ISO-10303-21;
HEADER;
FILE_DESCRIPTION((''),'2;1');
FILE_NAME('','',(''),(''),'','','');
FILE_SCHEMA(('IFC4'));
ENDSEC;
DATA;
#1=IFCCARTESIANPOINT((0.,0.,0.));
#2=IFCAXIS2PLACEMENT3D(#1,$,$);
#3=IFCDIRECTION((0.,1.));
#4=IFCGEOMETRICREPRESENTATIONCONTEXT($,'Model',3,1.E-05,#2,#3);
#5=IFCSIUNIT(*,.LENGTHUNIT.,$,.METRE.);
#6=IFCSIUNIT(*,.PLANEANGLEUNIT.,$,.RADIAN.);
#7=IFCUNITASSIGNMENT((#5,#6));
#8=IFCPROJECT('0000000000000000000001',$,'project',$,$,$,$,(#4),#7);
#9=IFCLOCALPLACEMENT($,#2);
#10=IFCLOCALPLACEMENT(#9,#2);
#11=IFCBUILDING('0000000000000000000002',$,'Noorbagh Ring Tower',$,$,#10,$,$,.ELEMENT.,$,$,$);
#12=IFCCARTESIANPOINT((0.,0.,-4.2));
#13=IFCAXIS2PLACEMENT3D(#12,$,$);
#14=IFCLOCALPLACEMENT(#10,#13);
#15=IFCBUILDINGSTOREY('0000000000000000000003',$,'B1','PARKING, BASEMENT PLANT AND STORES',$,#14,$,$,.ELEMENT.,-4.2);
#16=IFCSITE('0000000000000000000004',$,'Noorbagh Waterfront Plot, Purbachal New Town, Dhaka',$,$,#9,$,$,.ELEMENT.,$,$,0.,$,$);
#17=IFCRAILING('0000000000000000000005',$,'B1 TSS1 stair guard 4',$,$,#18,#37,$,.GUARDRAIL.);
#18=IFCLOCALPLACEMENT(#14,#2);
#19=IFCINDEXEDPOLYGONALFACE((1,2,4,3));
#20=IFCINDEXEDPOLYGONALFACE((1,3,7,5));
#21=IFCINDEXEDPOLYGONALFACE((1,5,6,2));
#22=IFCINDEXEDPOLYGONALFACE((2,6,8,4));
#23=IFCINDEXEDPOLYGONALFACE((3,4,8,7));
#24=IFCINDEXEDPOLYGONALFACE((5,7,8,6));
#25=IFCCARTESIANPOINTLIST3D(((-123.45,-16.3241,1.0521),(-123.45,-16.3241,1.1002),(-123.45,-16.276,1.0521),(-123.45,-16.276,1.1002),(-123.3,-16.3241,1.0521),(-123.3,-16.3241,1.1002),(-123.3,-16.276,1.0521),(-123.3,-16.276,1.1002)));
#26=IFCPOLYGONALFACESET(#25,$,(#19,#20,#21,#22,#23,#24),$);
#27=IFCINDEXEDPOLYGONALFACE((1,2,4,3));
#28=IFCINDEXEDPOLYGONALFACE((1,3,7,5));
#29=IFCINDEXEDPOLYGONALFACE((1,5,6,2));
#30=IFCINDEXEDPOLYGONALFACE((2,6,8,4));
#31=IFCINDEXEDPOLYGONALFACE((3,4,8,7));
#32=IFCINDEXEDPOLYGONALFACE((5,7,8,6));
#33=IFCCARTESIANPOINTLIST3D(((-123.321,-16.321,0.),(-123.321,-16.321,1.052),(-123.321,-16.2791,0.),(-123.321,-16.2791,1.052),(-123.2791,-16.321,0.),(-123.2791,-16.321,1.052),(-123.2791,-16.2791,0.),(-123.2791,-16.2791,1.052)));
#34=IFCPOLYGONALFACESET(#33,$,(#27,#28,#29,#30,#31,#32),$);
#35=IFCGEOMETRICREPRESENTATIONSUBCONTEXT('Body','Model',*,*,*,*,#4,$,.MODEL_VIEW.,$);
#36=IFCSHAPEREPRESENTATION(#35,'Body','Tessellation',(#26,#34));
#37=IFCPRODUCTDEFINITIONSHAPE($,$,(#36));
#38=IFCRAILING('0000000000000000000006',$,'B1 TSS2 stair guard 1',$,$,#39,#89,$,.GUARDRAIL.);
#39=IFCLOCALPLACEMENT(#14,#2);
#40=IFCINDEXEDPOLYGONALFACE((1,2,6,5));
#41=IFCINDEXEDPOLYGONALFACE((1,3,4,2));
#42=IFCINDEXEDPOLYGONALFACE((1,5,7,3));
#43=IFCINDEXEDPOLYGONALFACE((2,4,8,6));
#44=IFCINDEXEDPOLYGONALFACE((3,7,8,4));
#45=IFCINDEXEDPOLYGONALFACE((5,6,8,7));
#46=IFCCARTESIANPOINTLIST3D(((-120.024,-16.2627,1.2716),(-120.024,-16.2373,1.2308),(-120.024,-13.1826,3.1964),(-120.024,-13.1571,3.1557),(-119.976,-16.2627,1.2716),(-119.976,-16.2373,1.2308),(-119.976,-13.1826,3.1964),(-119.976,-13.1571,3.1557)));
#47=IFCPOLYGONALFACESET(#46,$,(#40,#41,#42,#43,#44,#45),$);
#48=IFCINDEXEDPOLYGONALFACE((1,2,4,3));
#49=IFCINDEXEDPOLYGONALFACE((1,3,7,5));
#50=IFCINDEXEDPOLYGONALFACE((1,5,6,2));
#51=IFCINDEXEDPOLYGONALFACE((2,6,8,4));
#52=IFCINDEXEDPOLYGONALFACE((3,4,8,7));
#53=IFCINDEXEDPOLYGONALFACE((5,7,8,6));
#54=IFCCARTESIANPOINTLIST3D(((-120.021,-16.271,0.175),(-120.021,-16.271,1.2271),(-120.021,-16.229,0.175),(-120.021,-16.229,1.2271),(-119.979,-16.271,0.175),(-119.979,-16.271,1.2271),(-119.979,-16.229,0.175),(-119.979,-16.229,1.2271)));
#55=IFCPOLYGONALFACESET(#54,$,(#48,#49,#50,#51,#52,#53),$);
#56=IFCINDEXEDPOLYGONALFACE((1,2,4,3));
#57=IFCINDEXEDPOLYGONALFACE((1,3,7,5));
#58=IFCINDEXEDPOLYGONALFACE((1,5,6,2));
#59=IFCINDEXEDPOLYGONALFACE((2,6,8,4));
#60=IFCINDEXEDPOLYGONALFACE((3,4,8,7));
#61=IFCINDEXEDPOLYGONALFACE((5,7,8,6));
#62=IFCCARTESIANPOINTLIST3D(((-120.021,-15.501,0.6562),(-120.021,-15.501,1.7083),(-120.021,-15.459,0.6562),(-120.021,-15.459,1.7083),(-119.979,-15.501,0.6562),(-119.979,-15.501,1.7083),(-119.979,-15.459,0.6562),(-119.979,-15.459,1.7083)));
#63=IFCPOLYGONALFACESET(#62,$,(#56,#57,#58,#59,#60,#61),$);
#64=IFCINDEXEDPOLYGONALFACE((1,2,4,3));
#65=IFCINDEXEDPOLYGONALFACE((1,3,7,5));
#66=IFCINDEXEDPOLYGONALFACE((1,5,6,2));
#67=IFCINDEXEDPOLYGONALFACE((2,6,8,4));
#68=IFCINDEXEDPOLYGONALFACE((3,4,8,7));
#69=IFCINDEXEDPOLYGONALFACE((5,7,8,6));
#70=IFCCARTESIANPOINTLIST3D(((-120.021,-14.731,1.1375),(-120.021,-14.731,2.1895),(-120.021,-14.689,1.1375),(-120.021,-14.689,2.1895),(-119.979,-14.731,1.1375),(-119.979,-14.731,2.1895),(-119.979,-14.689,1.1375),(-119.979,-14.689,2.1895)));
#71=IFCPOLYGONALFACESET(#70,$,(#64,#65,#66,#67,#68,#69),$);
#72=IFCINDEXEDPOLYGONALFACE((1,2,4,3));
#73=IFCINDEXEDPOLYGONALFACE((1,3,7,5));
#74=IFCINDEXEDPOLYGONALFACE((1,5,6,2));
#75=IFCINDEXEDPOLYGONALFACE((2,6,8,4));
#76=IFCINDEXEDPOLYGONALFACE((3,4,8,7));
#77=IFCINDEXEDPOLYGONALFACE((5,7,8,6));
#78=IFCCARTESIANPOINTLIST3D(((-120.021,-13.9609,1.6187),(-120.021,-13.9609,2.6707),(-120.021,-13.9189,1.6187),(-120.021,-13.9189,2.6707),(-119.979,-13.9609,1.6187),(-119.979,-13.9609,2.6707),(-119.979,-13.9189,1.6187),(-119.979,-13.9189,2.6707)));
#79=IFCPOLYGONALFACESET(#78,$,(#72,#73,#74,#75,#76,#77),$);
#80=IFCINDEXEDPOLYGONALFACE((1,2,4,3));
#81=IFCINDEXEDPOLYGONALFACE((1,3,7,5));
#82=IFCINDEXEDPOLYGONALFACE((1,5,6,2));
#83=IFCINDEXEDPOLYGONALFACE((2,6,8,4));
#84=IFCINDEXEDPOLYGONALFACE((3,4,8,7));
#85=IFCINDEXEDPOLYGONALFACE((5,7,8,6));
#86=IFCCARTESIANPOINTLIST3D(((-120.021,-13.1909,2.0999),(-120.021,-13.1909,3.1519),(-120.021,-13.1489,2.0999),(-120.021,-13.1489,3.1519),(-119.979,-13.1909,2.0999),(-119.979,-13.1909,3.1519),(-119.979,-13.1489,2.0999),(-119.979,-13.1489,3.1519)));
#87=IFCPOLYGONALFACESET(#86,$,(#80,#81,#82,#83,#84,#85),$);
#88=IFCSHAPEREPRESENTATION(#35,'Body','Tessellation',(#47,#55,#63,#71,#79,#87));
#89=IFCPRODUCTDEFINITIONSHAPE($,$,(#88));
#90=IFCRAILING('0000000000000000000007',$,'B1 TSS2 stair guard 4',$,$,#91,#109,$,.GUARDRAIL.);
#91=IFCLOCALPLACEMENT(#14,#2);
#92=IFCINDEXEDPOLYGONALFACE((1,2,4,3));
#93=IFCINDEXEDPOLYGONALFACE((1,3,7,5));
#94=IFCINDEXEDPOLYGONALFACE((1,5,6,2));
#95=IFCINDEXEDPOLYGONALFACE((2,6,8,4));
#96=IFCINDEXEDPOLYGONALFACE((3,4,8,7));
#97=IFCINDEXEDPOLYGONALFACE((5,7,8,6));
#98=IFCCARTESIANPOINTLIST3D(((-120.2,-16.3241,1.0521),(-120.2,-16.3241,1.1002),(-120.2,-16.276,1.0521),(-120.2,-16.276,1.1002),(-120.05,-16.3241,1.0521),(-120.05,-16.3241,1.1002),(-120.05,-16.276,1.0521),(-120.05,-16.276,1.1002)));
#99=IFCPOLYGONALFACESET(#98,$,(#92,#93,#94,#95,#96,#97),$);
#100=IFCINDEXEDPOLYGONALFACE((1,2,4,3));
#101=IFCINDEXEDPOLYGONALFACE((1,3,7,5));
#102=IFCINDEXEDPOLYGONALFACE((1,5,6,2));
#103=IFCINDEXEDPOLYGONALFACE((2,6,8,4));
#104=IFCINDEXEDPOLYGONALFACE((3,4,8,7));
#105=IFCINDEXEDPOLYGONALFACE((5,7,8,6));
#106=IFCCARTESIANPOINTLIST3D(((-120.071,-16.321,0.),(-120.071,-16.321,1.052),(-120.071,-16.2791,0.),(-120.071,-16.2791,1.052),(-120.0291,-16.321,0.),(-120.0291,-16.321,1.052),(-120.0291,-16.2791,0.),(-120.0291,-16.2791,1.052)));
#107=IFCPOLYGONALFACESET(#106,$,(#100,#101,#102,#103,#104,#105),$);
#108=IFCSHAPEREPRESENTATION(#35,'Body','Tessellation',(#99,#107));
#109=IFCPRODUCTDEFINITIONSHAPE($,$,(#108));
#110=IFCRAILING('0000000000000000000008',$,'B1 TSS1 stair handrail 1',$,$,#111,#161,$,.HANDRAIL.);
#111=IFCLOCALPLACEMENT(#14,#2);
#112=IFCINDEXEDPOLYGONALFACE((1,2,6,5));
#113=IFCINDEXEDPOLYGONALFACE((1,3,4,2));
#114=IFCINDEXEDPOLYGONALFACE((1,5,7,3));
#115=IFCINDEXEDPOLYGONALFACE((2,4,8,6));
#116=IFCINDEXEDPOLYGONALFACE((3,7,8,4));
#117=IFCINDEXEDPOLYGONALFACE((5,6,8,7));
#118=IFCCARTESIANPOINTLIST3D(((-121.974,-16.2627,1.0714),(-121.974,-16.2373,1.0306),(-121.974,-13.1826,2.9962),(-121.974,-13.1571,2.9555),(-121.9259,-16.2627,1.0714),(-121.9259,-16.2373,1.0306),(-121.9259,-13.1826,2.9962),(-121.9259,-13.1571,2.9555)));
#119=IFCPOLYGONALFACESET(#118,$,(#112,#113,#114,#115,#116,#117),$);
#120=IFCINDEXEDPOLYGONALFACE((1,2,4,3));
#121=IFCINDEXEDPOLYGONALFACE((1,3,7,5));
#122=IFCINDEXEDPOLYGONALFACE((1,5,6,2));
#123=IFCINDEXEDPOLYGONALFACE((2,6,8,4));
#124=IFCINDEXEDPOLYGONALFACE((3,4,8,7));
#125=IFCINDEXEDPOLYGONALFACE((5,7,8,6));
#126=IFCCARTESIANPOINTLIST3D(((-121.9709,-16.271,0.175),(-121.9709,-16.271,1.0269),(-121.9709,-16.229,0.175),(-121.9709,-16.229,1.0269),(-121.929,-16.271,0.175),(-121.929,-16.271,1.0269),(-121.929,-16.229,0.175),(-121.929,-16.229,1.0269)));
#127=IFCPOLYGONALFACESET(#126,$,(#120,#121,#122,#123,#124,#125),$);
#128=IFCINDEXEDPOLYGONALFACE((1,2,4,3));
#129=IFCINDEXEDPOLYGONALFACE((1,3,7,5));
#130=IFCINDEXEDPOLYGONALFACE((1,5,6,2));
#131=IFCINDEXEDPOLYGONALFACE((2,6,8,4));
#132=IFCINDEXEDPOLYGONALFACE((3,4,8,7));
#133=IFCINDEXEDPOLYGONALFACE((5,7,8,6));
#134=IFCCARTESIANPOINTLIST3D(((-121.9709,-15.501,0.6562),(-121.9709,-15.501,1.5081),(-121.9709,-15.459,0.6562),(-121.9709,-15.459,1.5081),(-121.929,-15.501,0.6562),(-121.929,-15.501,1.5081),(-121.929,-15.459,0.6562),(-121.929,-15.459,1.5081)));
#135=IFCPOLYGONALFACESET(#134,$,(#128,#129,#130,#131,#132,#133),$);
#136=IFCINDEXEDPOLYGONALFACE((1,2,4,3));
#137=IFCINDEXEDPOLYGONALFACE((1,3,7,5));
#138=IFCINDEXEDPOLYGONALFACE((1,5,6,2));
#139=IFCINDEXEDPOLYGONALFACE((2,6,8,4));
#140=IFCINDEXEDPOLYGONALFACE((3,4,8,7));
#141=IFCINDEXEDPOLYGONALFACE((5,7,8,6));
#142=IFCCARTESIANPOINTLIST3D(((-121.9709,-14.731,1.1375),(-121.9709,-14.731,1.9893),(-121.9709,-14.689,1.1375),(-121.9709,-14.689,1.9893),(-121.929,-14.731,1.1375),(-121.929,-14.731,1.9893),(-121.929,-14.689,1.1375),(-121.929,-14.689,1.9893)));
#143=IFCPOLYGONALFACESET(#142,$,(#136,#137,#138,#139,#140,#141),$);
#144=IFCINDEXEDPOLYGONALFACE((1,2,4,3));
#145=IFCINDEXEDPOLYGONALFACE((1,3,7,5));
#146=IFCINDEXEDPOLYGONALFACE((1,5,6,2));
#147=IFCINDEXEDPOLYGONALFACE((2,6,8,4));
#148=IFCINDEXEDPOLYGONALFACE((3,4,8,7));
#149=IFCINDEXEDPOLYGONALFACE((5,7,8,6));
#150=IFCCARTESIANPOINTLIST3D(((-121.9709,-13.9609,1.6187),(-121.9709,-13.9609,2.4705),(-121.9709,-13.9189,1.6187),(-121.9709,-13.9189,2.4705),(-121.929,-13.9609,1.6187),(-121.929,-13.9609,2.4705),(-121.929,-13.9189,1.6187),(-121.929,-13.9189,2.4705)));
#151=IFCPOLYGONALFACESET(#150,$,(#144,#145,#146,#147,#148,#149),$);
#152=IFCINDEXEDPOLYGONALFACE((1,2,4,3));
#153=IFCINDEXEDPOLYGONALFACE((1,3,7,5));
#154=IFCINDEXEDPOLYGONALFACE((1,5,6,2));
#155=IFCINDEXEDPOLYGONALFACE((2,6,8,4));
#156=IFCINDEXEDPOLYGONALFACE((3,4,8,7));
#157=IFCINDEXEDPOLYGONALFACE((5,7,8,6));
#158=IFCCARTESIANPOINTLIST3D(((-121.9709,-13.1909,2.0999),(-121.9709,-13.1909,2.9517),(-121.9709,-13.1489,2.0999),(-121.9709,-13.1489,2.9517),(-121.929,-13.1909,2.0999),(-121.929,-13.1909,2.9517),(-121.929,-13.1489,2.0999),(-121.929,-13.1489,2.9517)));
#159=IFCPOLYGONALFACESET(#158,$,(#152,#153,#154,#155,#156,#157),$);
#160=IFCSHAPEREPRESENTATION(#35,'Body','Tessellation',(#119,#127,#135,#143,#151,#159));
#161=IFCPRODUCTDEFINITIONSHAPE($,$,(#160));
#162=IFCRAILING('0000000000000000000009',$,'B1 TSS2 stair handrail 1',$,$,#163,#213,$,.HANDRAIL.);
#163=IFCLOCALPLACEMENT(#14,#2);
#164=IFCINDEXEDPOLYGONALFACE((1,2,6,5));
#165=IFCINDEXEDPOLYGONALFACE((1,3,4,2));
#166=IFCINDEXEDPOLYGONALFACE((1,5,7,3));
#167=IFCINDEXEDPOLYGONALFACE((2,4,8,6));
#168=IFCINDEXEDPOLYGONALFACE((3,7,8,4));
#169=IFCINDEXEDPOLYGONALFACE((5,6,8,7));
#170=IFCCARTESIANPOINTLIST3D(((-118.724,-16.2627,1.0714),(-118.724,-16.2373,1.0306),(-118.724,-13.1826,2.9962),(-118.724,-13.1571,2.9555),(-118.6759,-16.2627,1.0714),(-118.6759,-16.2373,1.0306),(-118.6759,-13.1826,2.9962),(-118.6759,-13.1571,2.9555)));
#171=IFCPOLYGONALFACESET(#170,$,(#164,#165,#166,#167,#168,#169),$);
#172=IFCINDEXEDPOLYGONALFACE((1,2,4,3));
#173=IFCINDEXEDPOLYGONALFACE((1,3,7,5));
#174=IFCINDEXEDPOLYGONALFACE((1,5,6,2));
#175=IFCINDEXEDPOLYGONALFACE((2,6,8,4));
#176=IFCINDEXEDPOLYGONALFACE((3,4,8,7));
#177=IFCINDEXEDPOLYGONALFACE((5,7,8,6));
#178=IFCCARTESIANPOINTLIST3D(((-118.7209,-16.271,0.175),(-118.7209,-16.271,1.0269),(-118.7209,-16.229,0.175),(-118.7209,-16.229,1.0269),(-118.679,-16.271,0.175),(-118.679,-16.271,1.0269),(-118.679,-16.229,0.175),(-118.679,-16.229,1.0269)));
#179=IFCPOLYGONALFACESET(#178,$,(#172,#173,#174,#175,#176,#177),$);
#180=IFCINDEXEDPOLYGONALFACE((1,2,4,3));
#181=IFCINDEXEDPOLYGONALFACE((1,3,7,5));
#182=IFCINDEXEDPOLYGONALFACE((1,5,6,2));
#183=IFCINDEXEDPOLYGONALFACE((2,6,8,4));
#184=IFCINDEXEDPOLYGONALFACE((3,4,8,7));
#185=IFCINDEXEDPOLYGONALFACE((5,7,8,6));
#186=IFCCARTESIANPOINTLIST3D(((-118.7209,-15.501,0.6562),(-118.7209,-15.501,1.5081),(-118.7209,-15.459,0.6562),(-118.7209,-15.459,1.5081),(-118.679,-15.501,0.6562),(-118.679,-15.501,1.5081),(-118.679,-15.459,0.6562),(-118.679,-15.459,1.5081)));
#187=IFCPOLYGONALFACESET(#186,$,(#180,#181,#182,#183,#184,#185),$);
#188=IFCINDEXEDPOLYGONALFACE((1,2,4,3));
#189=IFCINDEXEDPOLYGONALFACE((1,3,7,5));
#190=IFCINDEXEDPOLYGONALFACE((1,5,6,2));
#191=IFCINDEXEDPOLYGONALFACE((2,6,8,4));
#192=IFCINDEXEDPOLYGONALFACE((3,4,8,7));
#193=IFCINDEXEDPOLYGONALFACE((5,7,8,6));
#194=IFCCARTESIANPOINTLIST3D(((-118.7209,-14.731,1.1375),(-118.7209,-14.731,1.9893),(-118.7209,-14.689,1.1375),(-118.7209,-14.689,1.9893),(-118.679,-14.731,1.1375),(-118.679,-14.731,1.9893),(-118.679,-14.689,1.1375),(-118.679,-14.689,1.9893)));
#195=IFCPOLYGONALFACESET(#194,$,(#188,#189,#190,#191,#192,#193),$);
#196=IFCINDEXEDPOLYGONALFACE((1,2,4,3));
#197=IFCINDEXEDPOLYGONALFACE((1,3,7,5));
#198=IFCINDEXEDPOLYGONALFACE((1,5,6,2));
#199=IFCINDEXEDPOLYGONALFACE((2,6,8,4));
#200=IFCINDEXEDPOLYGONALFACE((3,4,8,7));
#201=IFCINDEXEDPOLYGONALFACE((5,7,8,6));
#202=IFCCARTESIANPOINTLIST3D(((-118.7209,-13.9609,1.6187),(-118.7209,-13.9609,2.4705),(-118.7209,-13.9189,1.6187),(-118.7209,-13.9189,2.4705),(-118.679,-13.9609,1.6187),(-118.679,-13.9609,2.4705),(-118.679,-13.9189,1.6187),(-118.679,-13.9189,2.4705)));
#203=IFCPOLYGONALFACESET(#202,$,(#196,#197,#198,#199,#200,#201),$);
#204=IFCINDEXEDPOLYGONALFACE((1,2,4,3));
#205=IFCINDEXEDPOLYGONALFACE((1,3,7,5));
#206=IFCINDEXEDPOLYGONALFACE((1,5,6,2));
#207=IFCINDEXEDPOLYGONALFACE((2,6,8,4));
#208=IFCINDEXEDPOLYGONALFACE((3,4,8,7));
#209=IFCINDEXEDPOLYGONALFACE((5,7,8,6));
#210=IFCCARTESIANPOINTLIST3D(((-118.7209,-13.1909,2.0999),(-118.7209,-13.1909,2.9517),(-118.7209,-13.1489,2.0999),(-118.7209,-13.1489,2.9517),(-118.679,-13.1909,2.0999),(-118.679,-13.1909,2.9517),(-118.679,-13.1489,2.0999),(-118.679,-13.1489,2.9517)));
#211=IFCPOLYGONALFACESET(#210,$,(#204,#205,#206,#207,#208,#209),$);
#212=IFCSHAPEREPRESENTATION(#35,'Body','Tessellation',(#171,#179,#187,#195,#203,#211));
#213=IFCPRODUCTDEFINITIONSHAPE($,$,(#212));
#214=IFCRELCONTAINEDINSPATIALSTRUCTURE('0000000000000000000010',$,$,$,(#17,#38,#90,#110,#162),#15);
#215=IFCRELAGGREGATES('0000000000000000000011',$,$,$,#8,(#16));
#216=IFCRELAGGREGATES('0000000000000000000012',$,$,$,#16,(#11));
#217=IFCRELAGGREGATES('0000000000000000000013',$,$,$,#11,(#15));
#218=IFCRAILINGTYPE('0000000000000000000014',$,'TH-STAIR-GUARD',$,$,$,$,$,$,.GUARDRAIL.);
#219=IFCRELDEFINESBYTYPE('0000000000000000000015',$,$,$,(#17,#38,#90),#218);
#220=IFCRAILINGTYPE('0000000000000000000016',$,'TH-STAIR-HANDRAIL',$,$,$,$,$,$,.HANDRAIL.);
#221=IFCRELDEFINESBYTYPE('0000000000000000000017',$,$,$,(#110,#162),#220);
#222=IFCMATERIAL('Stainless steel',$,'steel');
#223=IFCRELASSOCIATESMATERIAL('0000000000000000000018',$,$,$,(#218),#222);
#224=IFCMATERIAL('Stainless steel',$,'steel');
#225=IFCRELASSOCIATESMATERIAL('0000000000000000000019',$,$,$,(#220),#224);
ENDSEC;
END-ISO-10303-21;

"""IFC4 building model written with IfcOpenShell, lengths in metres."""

from ifc_helpers import new_model, si_unit, direction, frame, origin, origin_2d, place, context, subcontext, project, spatial, rectangle, extrude, material, type_object, element, save


model = new_model("IFC4")

# Units and contexts
model_context = context("Model", 3, precision=1e-05, world=origin(), true_north=direction((0.0, 1.0)))
body_context = subcontext(model_context, "Body", "Model", "MODEL_VIEW")
ifc_project = project(units=[si_unit("LENGTHUNIT", "METRE"), si_unit("PLANEANGLEUNIT", "RADIAN")], contexts=[model_context])

# Site, building, storey
site_placement = place(None, origin())
site = spatial("IfcSite", under=ifc_project, at=site_placement, Name="Noorbagh Waterfront Plot, Purbachal New Town, Dhaka", CompositionType="ELEMENT", RefElevation=0.0)
building_placement = place(site_placement, origin())
building = spatial("IfcBuilding", under=site, at=building_placement, Name="Noorbagh Ring Tower", CompositionType="ELEMENT")
storey_placement = place(building_placement, frame((0.0, 0.0, -4.2)))
storey = spatial("IfcBuildingStorey", under=building, at=storey_placement, Name="B1", Description="PARKING, BASEMENT PLANT AND STORES", CompositionType="ELEMENT", Elevation=-4.2)

# Railings
ifc_material_1 = material(Name="Stainless steel", Category="steel")
railing_type_1 = type_object("IfcRailingType", Name="TH-STAIR-GUARD", PredefinedType="GUARDRAIL", material=ifc_material_1)
railing_1_placement = place(storey_placement, frame((-123.3, -16.3, 0.0)))
element("IfcRailing", 1, at=railing_1_placement, inside=storey, type_object=railing_type_1, Name="B1 TSS1 stair guard 4", PredefinedType="GUARDRAIL", context=body_context, shape_type="SweptSolid", body=[
    extrude(rectangle(XDim=0.0481, YDim=0.0481, at=origin_2d()), frame((0.0, 0.0, 1.0762), z_axis=(-1.0, 0.0, 0.0), x_axis=(0.0, -1.0, 0.0)), (0.0, 0.0, 1.0), 0.1499),
    extrude(rectangle(XDim=0.042, YDim=0.042, at=origin_2d()), origin(), (0.0, 0.0, 1.0), 1.052),
])
railing_2_placement = place(storey_placement, frame((-120.0, -16.25, 0.175)))
element("IfcRailing", 2, at=railing_2_placement, inside=storey, type_object=railing_type_1, Name="B1 TSS2 stair guard 1", PredefinedType="GUARDRAIL", context=body_context, shape_type="SweptSolid", body=[
    extrude(rectangle(XDim=0.0481, YDim=0.0481, at=origin_2d()), frame((0.0, 0.0, 1.0762), z_axis=(0.0, 0.848029, 0.529951), x_axis=(-1.0, 0.0, 0.0)), (0.0, 0.0, 1.0), 3.6321),
    extrude(rectangle(XDim=0.042, YDim=0.042, at=origin_2d()), origin(), (0.0, 0.0, 1.0), 1.052),
    extrude(rectangle(XDim=0.042, YDim=0.042, at=origin_2d()), frame((0.0, 0.77, 0.4812)), (0.0, 0.0, 1.0), 1.052),
    extrude(rectangle(XDim=0.042, YDim=0.042, at=origin_2d()), frame((0.0, 1.54, 0.9624)), (0.0, 0.0, 1.0), 1.052),
    extrude(rectangle(XDim=0.042, YDim=0.042, at=origin_2d()), frame((0.0, 2.3101, 1.4436)), (0.0, 0.0, 1.0), 1.052),
    extrude(rectangle(XDim=0.042, YDim=0.042, at=origin_2d()), frame((0.0, 3.0801, 1.9248)), (0.0, 0.0, 1.0), 1.052),
])
railing_3_placement = place(storey_placement, frame((-120.05, -16.3, 0.0)))
element("IfcRailing", 3, at=railing_3_placement, inside=storey, type_object=railing_type_1, Name="B1 TSS2 stair guard 4", PredefinedType="GUARDRAIL", context=body_context, shape_type="SweptSolid", body=[
    extrude(rectangle(XDim=0.0481, YDim=0.0481, at=origin_2d()), frame((0.0, 0.0, 1.0762), z_axis=(-1.0, 0.0, 0.0), x_axis=(0.0, -1.0, 0.0)), (0.0, 0.0, 1.0), 0.1499),
    extrude(rectangle(XDim=0.042, YDim=0.042, at=origin_2d()), origin(), (0.0, 0.0, 1.0), 1.052),
])
ifc_material_2 = material(Name="Stainless steel", Category="steel")
railing_type_2 = type_object("IfcRailingType", Name="TH-STAIR-HANDRAIL", PredefinedType="HANDRAIL", material=ifc_material_2)
for number, where, name in (
    (4, (-121.95, -16.25, 0.175), "B1 TSS1 stair handrail 1"),
    (5, (-118.7, -16.25, 0.175), "B1 TSS2 stair handrail 1"),
):
    element("IfcRailing", number, at=place(storey_placement, frame(where)), inside=storey, type_object=railing_type_2, Name=name, PredefinedType="HANDRAIL", context=body_context, shape_type="SweptSolid", body=[
        extrude(rectangle(XDim=0.0481, YDim=0.0481, at=origin_2d()), frame((0.0, 0.0, 0.876), z_axis=(0.0, 0.848029, 0.529951), x_axis=(-1.0, 0.0, 0.0)), (0.0, 0.0, 1.0), 3.6321),
        extrude(rectangle(XDim=0.042, YDim=0.042, at=origin_2d()), origin(), (0.0, 0.0, 1.0), 0.8518),
        extrude(rectangle(XDim=0.042, YDim=0.042, at=origin_2d()), frame((0.0, 0.77, 0.4812)), (0.0, 0.0, 1.0), 0.8518),
        extrude(rectangle(XDim=0.042, YDim=0.042, at=origin_2d()), frame((0.0, 1.54, 0.9624)), (0.0, 0.0, 1.0), 0.8518),
        extrude(rectangle(XDim=0.042, YDim=0.042, at=origin_2d()), frame((0.0, 2.3101, 1.4436)), (0.0, 0.0, 1.0), 0.8518),
        extrude(rectangle(XDim=0.042, YDim=0.042, at=origin_2d()), frame((0.0, 3.0801, 1.9248)), (0.0, 0.0, 1.0), 0.8518),
    ])

save(model, "model.ifc")
